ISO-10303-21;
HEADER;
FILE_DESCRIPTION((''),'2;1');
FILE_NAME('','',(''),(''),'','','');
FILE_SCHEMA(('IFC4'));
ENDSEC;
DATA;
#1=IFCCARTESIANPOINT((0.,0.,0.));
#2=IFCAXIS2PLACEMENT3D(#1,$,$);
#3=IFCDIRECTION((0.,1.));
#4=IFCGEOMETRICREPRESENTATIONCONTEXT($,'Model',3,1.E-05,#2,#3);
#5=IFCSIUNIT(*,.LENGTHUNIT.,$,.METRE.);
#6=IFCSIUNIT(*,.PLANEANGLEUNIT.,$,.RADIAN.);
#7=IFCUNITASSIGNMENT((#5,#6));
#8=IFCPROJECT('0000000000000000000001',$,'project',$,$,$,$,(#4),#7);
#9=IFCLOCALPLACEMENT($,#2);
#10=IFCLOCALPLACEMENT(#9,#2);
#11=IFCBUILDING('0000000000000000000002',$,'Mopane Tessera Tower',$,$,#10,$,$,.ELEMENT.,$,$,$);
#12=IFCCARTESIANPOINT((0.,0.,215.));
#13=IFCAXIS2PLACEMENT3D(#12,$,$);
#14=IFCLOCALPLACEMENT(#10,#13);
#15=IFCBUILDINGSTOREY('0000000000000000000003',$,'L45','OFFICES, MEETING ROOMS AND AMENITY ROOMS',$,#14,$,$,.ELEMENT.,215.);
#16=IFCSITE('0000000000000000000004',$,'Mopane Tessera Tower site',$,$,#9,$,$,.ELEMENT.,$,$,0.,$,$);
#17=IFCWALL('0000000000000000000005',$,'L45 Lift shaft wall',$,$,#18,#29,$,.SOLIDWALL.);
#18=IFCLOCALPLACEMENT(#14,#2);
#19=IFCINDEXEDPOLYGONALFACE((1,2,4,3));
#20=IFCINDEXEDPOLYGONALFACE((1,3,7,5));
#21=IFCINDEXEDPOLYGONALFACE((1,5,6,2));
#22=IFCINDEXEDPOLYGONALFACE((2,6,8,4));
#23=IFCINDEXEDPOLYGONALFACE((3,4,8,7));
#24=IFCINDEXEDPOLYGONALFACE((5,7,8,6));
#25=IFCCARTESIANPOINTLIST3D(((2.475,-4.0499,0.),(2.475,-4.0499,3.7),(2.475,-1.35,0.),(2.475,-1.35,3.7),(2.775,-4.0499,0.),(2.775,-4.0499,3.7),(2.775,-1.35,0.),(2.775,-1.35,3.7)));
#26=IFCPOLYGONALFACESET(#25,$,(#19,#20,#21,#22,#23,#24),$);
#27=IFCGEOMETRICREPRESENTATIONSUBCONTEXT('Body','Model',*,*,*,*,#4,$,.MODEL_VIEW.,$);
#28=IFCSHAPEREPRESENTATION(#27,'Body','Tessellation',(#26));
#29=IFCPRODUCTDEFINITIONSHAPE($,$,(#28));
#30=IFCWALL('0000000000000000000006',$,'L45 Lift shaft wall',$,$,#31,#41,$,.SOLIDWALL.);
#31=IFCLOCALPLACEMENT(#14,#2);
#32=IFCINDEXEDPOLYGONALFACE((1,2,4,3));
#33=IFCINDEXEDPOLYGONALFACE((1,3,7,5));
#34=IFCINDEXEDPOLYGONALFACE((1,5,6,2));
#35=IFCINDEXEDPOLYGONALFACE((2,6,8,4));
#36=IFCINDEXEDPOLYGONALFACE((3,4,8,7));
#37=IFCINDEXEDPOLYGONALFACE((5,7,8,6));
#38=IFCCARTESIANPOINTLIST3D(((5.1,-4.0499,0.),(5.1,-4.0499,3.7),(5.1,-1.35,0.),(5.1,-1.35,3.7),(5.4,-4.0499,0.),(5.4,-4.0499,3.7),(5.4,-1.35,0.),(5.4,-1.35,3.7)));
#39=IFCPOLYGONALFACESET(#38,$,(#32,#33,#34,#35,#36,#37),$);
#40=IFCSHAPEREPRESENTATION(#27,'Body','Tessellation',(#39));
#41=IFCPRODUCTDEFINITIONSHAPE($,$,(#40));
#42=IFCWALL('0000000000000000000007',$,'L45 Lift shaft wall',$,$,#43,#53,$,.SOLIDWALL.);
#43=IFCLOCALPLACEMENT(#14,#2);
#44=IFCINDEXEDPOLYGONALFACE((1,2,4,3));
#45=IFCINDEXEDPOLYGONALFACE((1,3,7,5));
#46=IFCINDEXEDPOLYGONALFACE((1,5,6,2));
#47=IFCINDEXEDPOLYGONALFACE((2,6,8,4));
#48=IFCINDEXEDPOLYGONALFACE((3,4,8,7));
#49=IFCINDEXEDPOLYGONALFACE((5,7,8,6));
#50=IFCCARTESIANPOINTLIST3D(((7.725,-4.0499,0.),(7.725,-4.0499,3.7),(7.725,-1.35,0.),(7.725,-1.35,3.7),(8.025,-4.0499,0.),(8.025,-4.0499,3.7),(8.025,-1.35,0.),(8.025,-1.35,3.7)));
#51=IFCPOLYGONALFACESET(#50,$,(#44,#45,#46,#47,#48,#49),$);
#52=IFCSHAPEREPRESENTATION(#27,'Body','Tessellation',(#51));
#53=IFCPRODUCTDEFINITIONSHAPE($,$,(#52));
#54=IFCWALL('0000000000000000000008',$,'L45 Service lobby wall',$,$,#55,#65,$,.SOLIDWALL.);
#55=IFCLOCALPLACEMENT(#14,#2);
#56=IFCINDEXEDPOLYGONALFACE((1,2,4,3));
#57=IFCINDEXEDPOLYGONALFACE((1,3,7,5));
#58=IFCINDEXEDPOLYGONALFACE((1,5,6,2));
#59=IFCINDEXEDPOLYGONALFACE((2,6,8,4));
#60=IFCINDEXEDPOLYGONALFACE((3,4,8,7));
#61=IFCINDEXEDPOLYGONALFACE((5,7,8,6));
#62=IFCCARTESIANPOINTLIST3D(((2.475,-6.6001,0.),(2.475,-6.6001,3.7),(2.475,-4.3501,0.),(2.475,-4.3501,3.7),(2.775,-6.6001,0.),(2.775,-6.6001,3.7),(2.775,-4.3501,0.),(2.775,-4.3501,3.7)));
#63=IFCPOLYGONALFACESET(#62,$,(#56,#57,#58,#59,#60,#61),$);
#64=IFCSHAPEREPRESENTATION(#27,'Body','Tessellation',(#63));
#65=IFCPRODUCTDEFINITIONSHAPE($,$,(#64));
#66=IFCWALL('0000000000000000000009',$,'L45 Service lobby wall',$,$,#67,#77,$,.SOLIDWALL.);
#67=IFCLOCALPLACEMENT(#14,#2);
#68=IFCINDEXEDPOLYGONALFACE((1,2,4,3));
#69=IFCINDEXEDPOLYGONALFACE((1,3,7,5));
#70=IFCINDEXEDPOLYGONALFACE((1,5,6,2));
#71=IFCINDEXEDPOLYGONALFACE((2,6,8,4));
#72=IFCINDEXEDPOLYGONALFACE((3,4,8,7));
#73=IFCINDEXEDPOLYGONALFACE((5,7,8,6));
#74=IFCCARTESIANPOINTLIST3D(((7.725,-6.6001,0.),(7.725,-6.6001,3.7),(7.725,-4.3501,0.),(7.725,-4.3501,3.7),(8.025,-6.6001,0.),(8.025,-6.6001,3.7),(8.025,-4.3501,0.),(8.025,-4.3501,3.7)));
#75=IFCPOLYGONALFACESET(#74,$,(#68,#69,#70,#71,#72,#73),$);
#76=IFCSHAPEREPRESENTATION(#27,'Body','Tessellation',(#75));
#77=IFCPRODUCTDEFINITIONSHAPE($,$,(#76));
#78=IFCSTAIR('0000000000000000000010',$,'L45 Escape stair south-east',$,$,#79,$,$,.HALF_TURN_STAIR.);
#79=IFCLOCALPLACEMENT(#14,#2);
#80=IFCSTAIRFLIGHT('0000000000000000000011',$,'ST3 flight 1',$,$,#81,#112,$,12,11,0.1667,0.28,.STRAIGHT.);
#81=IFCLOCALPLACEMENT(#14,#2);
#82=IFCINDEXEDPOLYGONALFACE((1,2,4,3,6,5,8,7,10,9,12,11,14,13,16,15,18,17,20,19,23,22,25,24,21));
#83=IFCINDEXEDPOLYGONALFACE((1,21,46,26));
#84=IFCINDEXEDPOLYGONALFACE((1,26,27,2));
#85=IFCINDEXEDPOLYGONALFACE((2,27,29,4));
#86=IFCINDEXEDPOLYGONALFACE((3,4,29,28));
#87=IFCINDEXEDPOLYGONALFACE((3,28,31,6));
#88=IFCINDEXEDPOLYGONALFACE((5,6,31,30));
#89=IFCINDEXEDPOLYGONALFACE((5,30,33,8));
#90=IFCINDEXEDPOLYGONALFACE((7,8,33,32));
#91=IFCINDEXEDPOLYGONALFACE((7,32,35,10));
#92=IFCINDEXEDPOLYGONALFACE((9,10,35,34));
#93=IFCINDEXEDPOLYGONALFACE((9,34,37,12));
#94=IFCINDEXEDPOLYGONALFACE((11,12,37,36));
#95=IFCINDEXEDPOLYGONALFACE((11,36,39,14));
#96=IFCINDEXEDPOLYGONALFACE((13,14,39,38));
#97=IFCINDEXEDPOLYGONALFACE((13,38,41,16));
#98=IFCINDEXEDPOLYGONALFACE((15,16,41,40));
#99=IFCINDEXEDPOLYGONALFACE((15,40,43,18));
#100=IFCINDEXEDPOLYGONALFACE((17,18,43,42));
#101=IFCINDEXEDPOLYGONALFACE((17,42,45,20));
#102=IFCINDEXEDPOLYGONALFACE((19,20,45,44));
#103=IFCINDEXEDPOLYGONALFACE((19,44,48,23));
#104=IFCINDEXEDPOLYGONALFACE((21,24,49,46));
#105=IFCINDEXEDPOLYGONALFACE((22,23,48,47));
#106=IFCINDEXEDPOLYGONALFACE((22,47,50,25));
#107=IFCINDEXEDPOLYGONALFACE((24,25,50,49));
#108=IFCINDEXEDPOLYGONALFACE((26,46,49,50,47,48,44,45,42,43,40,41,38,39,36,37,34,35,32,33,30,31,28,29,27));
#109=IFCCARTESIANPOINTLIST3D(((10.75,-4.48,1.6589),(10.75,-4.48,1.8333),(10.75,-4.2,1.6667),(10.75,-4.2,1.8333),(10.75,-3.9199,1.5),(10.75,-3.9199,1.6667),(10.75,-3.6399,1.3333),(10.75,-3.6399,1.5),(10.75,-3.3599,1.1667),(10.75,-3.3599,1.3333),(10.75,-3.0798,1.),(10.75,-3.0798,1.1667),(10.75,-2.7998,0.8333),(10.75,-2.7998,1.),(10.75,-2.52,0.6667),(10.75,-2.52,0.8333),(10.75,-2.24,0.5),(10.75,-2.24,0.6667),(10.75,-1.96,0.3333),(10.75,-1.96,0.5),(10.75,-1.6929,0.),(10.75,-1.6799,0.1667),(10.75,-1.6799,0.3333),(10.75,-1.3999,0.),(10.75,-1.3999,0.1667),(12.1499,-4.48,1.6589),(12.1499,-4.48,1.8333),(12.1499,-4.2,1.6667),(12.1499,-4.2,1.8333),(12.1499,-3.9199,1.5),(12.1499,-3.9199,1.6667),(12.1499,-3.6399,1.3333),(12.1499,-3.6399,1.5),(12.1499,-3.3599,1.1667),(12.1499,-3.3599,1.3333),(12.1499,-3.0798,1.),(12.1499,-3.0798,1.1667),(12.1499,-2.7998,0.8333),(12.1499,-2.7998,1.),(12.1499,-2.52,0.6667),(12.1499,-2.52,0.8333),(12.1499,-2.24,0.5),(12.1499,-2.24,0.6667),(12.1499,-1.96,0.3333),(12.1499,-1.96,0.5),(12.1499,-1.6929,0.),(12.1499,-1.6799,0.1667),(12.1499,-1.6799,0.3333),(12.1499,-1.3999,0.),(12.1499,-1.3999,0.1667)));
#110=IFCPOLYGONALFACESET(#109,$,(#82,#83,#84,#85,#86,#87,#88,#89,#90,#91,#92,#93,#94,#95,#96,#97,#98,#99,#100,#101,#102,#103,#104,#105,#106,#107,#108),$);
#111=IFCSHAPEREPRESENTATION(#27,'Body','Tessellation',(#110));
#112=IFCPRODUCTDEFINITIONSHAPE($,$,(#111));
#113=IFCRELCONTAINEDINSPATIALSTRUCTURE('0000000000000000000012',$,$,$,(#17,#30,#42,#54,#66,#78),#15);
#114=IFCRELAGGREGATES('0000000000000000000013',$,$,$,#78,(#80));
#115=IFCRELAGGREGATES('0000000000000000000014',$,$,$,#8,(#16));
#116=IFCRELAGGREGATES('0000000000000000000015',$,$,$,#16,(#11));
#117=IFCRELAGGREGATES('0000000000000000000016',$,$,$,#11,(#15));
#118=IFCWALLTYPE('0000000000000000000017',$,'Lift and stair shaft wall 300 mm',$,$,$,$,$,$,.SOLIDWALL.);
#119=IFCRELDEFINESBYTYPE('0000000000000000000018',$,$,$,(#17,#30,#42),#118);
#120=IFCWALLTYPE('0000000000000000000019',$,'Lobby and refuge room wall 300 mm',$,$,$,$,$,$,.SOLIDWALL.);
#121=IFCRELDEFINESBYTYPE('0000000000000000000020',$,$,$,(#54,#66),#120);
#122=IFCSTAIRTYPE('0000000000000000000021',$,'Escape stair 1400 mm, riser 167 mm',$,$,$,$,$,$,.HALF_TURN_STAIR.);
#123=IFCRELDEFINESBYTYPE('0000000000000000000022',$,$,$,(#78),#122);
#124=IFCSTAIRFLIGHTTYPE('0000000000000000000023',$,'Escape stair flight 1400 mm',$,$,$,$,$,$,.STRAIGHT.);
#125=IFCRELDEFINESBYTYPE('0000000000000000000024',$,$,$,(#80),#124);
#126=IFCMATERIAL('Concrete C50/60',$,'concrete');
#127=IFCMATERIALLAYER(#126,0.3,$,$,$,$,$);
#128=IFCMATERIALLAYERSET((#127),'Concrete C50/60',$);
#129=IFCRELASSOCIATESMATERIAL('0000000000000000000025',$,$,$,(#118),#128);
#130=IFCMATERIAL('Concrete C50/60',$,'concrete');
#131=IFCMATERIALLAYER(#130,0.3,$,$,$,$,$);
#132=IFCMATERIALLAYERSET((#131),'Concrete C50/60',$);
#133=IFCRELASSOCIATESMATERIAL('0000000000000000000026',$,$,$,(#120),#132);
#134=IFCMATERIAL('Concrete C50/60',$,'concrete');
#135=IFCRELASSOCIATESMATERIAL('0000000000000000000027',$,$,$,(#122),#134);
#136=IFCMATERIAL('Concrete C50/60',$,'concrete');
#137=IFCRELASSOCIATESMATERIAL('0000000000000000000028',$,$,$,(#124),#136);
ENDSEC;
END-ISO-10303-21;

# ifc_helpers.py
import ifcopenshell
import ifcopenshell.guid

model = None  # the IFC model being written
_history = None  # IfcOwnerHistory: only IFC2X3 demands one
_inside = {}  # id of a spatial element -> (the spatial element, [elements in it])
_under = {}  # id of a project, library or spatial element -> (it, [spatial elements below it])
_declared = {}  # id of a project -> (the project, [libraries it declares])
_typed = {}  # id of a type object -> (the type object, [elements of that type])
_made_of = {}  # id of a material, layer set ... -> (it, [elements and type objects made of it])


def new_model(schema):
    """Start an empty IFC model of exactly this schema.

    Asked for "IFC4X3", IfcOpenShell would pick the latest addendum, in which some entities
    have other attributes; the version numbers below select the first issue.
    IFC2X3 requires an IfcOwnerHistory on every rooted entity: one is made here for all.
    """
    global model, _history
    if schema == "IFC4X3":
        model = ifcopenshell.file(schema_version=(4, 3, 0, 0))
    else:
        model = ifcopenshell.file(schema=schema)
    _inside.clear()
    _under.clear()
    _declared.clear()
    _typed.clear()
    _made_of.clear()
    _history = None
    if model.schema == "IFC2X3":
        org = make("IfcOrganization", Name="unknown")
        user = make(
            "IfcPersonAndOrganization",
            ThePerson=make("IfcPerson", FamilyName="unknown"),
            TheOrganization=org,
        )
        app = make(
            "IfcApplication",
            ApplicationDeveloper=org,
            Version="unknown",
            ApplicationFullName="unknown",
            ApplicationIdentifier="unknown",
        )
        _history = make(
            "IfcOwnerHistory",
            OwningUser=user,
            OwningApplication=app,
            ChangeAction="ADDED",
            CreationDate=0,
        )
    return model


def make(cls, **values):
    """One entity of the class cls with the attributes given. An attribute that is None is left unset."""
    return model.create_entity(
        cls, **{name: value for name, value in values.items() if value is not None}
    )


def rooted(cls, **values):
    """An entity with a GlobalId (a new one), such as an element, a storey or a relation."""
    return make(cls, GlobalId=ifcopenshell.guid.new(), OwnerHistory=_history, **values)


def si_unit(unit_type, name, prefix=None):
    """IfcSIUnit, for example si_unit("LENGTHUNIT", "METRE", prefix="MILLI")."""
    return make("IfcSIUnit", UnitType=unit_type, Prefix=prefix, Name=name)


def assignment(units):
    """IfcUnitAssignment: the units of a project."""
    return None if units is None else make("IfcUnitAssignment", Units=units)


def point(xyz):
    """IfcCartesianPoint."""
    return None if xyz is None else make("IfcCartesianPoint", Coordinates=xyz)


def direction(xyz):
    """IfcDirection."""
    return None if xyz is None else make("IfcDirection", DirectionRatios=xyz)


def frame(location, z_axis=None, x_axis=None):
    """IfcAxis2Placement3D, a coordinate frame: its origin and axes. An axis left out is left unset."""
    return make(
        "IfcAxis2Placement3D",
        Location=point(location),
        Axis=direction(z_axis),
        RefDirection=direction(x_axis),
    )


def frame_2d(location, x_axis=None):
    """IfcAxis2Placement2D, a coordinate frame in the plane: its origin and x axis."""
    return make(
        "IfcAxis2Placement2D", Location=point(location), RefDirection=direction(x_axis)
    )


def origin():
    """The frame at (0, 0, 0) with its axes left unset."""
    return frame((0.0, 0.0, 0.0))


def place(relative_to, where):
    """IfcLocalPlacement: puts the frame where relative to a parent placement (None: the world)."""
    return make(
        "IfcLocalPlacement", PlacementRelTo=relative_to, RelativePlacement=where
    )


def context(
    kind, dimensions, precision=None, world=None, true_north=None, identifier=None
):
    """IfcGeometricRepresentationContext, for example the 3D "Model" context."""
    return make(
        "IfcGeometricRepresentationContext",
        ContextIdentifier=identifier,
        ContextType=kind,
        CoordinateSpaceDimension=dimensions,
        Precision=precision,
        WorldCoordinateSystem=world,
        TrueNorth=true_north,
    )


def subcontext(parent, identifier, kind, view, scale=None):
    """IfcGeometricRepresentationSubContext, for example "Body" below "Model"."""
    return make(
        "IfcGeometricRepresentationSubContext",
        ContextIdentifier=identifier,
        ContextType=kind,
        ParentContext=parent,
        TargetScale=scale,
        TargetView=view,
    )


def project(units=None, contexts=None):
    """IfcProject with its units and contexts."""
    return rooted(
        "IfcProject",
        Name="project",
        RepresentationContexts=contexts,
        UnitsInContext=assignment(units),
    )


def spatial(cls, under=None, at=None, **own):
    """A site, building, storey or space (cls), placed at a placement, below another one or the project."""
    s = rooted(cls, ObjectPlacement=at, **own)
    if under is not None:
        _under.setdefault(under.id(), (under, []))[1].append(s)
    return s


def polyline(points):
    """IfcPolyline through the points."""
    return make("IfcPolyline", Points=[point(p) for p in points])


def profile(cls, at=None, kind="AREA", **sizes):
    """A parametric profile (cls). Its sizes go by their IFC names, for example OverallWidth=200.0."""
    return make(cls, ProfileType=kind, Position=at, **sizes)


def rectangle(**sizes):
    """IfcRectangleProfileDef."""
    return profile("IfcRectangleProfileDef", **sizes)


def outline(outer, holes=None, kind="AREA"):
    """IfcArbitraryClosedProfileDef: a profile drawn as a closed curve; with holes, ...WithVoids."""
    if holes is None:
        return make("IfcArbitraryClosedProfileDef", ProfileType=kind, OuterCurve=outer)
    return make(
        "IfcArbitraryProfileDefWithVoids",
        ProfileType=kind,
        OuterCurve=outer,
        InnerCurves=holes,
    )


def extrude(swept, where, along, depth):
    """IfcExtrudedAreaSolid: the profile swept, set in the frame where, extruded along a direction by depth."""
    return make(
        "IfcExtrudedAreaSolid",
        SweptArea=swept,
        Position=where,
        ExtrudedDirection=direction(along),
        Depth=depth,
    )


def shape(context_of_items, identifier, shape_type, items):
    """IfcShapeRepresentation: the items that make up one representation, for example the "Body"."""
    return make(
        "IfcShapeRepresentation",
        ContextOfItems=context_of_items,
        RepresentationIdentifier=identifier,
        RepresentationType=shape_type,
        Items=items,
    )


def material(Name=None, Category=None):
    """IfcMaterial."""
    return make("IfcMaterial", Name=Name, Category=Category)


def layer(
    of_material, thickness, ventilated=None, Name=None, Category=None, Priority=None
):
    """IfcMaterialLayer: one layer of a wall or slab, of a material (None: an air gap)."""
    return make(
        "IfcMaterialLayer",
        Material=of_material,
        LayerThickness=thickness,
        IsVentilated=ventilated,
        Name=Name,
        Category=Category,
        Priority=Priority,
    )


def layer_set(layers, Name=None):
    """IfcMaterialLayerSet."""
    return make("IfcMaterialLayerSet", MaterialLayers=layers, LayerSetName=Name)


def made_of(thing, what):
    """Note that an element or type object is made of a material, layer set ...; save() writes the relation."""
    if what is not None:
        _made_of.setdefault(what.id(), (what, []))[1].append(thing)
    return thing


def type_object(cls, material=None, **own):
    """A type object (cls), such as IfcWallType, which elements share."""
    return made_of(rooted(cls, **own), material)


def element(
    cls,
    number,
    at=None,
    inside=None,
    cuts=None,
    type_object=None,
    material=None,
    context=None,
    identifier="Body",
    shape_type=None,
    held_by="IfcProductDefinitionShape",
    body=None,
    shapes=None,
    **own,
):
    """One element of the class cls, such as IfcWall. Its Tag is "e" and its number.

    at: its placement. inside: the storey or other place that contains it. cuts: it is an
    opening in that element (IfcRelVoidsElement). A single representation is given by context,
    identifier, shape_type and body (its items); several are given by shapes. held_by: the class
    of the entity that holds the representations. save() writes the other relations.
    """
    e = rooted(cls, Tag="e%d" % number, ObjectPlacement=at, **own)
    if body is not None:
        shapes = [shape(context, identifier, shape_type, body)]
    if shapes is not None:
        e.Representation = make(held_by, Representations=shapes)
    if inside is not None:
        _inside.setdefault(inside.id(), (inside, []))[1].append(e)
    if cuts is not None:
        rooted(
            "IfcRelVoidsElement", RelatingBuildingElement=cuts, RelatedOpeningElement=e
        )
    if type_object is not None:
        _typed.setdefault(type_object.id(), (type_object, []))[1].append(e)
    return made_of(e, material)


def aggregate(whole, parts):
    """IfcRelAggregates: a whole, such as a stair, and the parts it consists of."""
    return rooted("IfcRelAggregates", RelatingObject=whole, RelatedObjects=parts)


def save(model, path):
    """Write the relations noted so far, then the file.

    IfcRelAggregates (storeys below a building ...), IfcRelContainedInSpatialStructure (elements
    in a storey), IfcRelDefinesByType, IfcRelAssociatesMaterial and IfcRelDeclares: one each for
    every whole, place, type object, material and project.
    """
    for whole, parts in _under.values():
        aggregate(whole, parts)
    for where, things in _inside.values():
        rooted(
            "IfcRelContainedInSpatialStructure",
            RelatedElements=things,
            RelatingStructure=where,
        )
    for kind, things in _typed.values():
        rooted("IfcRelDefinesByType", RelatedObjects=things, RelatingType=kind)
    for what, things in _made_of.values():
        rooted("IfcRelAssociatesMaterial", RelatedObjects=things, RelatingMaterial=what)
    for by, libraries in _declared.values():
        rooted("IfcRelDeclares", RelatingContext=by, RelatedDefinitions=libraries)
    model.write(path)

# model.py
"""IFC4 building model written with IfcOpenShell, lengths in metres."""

from ifc_helpers import new_model, si_unit, direction, frame, frame_2d, origin, place, context, subcontext, project, spatial, polyline, rectangle, outline, extrude, material, layer, layer_set, type_object, element, aggregate, save


model = new_model("IFC4")

# Units and contexts
model_context = context("Model", 3, precision=1e-05, world=origin(), true_north=direction((0.0, 1.0)))
body_context = subcontext(model_context, "Body", "Model", "MODEL_VIEW")
ifc_project = project(units=[si_unit("LENGTHUNIT", "METRE"), si_unit("PLANEANGLEUNIT", "RADIAN")], contexts=[model_context])

# Site, building, storey
site_placement = place(None, origin())
site = spatial("IfcSite", under=ifc_project, at=site_placement, Name="Mopane Tessera Tower site", CompositionType="ELEMENT", RefElevation=0.0)
building_placement = place(site_placement, origin())
building = spatial("IfcBuilding", under=site, at=building_placement, Name="Mopane Tessera Tower", CompositionType="ELEMENT")
storey_placement = place(building_placement, frame((0.0, 0.0, 215.0)))
storey = spatial("IfcBuildingStorey", under=building, at=storey_placement, Name="L45", Description="OFFICES, MEETING ROOMS AND AMENITY ROOMS", CompositionType="ELEMENT", Elevation=215.0)

# Shared definitions
ifc_material_1 = material(Name="Concrete C50/60", Category="concrete")
ifc_layer_1 = layer(ifc_material_1, 0.3)
ifc_layer_set_1 = layer_set([ifc_layer_1], Name="Concrete C50/60")
wall_type_1 = type_object("IfcWallType", Name="Lift and stair shaft wall 300 mm", PredefinedType="SOLIDWALL", material=ifc_layer_set_1)

# Walls
for number, where, z_axis, x_axis, name in (
    (1, (2.625, -4.05, 0.0), (0.0, 0.0, 1.0), (0.0, 1.0, 0.0), "L45 Lift shaft wall"),
    (2, (5.25, -4.05, 0.0), (0.0, 0.0, 1.0), (0.0, 1.0, 0.0), "L45 Lift shaft wall"),
    (3, (7.875, -4.05, 0.0), (0.0, 0.0, 1.0), (0.0, 1.0, 0.0), "L45 Lift shaft wall"),
):
    element("IfcWall", number, at=place(storey_placement, frame(where, z_axis=z_axis, x_axis=x_axis)), inside=storey, type_object=wall_type_1, Name=name, PredefinedType="SOLIDWALL", context=body_context, shape_type="SweptSolid", body=[
        extrude(rectangle(XDim=2.7, YDim=0.3, at=frame_2d((1.3501, 0.0))), origin(), (0.0, 0.0, 1.0), 3.7),
    ])
ifc_material_2 = material(Name="Concrete C50/60", Category="concrete")
ifc_layer_2 = layer(ifc_material_2, 0.3)
ifc_layer_set_2 = layer_set([ifc_layer_2], Name="Concrete C50/60")
wall_type_2 = type_object("IfcWallType", Name="Lobby and refuge room wall 300 mm", PredefinedType="SOLIDWALL", material=ifc_layer_set_2)
for number, where, z_axis, x_axis, name in (
    (4, (2.625, -6.6001, 0.0), (0.0, 0.0, 1.0), (0.0, 1.0, 0.0), "L45 Service lobby wall"),
    (5, (7.875, -6.6001, 0.0), (0.0, 0.0, 1.0), (0.0, 1.0, 0.0), "L45 Service lobby wall"),
):
    element("IfcWall", number, at=place(storey_placement, frame(where, z_axis=z_axis, x_axis=x_axis)), inside=storey, type_object=wall_type_2, Name=name, PredefinedType="SOLIDWALL", context=body_context, shape_type="SweptSolid", body=[
        extrude(rectangle(XDim=2.25, YDim=0.3, at=frame_2d((1.125, 0.0))), origin(), (0.0, 0.0, 1.0), 3.7),
    ])

# Stair, stair flight
ifc_material_3 = material(Name="Concrete C50/60", Category="concrete")
stair_type = type_object("IfcStairType", Name="Escape stair 1400 mm, riser 167 mm", PredefinedType="HALF_TURN_STAIR", material=ifc_material_3)
stair_placement = place(storey_placement, origin())
stair = element("IfcStair", 6, at=stair_placement, inside=storey, type_object=stair_type, Name="L45 Escape stair south-east", PredefinedType="HALF_TURN_STAIR")
ifc_material_4 = material(Name="Concrete C50/60", Category="concrete")
stair_flight_type = type_object("IfcStairFlightType", Name="Escape stair flight 1400 mm", PredefinedType="STRAIGHT", material=ifc_material_4)
stair_flight_placement = place(storey_placement, frame((11.45, -1.3999, 0.0), z_axis=(0.0, 0.0, 1.0), x_axis=(0.0, -1.0, 0.0)))
stair_flight = element("IfcStairFlight", 7, at=stair_flight_placement, type_object=stair_flight_type, Name="ST3 flight 1", NumberOfRisers=12, NumberOfTreads=11, PredefinedType="STRAIGHT", RiserHeight=0.1667, TreadLength=0.28, context=body_context, shape_type="SweptSolid", body=[
    extrude(outline(polyline([(0.0, 0.0), (0.0, 0.1667), (0.28, 0.1667), (0.28, 0.3333), (0.5601, 0.3333), (0.5601, 0.5), (0.8401, 0.5), (0.8401, 0.6667), (1.1201, 0.6667), (1.1201, 0.8333), (1.3999, 0.8333), (1.3999, 1.0), (1.6799, 1.0), (1.6799, 1.1667), (1.96, 1.1667), (1.96, 1.3333), (2.24, 1.3333), (2.24, 1.5), (2.52, 1.5), (2.52, 1.6667), (2.8, 1.6667), (2.8, 1.8333), (3.0801, 1.8333), (3.0801, 2.0), (3.0801, 1.6589), (0.293, 0.0), (0.0, 0.0)])), frame((0.0, 0.7, 0.0), z_axis=(0.0, -1.0, 0.0), x_axis=(1.0, 0.0, 0.0)), (0.0, 0.0, 1.0), 1.3999),
])
aggregate(stair, [stair_flight])

save(model, "model.ifc")
